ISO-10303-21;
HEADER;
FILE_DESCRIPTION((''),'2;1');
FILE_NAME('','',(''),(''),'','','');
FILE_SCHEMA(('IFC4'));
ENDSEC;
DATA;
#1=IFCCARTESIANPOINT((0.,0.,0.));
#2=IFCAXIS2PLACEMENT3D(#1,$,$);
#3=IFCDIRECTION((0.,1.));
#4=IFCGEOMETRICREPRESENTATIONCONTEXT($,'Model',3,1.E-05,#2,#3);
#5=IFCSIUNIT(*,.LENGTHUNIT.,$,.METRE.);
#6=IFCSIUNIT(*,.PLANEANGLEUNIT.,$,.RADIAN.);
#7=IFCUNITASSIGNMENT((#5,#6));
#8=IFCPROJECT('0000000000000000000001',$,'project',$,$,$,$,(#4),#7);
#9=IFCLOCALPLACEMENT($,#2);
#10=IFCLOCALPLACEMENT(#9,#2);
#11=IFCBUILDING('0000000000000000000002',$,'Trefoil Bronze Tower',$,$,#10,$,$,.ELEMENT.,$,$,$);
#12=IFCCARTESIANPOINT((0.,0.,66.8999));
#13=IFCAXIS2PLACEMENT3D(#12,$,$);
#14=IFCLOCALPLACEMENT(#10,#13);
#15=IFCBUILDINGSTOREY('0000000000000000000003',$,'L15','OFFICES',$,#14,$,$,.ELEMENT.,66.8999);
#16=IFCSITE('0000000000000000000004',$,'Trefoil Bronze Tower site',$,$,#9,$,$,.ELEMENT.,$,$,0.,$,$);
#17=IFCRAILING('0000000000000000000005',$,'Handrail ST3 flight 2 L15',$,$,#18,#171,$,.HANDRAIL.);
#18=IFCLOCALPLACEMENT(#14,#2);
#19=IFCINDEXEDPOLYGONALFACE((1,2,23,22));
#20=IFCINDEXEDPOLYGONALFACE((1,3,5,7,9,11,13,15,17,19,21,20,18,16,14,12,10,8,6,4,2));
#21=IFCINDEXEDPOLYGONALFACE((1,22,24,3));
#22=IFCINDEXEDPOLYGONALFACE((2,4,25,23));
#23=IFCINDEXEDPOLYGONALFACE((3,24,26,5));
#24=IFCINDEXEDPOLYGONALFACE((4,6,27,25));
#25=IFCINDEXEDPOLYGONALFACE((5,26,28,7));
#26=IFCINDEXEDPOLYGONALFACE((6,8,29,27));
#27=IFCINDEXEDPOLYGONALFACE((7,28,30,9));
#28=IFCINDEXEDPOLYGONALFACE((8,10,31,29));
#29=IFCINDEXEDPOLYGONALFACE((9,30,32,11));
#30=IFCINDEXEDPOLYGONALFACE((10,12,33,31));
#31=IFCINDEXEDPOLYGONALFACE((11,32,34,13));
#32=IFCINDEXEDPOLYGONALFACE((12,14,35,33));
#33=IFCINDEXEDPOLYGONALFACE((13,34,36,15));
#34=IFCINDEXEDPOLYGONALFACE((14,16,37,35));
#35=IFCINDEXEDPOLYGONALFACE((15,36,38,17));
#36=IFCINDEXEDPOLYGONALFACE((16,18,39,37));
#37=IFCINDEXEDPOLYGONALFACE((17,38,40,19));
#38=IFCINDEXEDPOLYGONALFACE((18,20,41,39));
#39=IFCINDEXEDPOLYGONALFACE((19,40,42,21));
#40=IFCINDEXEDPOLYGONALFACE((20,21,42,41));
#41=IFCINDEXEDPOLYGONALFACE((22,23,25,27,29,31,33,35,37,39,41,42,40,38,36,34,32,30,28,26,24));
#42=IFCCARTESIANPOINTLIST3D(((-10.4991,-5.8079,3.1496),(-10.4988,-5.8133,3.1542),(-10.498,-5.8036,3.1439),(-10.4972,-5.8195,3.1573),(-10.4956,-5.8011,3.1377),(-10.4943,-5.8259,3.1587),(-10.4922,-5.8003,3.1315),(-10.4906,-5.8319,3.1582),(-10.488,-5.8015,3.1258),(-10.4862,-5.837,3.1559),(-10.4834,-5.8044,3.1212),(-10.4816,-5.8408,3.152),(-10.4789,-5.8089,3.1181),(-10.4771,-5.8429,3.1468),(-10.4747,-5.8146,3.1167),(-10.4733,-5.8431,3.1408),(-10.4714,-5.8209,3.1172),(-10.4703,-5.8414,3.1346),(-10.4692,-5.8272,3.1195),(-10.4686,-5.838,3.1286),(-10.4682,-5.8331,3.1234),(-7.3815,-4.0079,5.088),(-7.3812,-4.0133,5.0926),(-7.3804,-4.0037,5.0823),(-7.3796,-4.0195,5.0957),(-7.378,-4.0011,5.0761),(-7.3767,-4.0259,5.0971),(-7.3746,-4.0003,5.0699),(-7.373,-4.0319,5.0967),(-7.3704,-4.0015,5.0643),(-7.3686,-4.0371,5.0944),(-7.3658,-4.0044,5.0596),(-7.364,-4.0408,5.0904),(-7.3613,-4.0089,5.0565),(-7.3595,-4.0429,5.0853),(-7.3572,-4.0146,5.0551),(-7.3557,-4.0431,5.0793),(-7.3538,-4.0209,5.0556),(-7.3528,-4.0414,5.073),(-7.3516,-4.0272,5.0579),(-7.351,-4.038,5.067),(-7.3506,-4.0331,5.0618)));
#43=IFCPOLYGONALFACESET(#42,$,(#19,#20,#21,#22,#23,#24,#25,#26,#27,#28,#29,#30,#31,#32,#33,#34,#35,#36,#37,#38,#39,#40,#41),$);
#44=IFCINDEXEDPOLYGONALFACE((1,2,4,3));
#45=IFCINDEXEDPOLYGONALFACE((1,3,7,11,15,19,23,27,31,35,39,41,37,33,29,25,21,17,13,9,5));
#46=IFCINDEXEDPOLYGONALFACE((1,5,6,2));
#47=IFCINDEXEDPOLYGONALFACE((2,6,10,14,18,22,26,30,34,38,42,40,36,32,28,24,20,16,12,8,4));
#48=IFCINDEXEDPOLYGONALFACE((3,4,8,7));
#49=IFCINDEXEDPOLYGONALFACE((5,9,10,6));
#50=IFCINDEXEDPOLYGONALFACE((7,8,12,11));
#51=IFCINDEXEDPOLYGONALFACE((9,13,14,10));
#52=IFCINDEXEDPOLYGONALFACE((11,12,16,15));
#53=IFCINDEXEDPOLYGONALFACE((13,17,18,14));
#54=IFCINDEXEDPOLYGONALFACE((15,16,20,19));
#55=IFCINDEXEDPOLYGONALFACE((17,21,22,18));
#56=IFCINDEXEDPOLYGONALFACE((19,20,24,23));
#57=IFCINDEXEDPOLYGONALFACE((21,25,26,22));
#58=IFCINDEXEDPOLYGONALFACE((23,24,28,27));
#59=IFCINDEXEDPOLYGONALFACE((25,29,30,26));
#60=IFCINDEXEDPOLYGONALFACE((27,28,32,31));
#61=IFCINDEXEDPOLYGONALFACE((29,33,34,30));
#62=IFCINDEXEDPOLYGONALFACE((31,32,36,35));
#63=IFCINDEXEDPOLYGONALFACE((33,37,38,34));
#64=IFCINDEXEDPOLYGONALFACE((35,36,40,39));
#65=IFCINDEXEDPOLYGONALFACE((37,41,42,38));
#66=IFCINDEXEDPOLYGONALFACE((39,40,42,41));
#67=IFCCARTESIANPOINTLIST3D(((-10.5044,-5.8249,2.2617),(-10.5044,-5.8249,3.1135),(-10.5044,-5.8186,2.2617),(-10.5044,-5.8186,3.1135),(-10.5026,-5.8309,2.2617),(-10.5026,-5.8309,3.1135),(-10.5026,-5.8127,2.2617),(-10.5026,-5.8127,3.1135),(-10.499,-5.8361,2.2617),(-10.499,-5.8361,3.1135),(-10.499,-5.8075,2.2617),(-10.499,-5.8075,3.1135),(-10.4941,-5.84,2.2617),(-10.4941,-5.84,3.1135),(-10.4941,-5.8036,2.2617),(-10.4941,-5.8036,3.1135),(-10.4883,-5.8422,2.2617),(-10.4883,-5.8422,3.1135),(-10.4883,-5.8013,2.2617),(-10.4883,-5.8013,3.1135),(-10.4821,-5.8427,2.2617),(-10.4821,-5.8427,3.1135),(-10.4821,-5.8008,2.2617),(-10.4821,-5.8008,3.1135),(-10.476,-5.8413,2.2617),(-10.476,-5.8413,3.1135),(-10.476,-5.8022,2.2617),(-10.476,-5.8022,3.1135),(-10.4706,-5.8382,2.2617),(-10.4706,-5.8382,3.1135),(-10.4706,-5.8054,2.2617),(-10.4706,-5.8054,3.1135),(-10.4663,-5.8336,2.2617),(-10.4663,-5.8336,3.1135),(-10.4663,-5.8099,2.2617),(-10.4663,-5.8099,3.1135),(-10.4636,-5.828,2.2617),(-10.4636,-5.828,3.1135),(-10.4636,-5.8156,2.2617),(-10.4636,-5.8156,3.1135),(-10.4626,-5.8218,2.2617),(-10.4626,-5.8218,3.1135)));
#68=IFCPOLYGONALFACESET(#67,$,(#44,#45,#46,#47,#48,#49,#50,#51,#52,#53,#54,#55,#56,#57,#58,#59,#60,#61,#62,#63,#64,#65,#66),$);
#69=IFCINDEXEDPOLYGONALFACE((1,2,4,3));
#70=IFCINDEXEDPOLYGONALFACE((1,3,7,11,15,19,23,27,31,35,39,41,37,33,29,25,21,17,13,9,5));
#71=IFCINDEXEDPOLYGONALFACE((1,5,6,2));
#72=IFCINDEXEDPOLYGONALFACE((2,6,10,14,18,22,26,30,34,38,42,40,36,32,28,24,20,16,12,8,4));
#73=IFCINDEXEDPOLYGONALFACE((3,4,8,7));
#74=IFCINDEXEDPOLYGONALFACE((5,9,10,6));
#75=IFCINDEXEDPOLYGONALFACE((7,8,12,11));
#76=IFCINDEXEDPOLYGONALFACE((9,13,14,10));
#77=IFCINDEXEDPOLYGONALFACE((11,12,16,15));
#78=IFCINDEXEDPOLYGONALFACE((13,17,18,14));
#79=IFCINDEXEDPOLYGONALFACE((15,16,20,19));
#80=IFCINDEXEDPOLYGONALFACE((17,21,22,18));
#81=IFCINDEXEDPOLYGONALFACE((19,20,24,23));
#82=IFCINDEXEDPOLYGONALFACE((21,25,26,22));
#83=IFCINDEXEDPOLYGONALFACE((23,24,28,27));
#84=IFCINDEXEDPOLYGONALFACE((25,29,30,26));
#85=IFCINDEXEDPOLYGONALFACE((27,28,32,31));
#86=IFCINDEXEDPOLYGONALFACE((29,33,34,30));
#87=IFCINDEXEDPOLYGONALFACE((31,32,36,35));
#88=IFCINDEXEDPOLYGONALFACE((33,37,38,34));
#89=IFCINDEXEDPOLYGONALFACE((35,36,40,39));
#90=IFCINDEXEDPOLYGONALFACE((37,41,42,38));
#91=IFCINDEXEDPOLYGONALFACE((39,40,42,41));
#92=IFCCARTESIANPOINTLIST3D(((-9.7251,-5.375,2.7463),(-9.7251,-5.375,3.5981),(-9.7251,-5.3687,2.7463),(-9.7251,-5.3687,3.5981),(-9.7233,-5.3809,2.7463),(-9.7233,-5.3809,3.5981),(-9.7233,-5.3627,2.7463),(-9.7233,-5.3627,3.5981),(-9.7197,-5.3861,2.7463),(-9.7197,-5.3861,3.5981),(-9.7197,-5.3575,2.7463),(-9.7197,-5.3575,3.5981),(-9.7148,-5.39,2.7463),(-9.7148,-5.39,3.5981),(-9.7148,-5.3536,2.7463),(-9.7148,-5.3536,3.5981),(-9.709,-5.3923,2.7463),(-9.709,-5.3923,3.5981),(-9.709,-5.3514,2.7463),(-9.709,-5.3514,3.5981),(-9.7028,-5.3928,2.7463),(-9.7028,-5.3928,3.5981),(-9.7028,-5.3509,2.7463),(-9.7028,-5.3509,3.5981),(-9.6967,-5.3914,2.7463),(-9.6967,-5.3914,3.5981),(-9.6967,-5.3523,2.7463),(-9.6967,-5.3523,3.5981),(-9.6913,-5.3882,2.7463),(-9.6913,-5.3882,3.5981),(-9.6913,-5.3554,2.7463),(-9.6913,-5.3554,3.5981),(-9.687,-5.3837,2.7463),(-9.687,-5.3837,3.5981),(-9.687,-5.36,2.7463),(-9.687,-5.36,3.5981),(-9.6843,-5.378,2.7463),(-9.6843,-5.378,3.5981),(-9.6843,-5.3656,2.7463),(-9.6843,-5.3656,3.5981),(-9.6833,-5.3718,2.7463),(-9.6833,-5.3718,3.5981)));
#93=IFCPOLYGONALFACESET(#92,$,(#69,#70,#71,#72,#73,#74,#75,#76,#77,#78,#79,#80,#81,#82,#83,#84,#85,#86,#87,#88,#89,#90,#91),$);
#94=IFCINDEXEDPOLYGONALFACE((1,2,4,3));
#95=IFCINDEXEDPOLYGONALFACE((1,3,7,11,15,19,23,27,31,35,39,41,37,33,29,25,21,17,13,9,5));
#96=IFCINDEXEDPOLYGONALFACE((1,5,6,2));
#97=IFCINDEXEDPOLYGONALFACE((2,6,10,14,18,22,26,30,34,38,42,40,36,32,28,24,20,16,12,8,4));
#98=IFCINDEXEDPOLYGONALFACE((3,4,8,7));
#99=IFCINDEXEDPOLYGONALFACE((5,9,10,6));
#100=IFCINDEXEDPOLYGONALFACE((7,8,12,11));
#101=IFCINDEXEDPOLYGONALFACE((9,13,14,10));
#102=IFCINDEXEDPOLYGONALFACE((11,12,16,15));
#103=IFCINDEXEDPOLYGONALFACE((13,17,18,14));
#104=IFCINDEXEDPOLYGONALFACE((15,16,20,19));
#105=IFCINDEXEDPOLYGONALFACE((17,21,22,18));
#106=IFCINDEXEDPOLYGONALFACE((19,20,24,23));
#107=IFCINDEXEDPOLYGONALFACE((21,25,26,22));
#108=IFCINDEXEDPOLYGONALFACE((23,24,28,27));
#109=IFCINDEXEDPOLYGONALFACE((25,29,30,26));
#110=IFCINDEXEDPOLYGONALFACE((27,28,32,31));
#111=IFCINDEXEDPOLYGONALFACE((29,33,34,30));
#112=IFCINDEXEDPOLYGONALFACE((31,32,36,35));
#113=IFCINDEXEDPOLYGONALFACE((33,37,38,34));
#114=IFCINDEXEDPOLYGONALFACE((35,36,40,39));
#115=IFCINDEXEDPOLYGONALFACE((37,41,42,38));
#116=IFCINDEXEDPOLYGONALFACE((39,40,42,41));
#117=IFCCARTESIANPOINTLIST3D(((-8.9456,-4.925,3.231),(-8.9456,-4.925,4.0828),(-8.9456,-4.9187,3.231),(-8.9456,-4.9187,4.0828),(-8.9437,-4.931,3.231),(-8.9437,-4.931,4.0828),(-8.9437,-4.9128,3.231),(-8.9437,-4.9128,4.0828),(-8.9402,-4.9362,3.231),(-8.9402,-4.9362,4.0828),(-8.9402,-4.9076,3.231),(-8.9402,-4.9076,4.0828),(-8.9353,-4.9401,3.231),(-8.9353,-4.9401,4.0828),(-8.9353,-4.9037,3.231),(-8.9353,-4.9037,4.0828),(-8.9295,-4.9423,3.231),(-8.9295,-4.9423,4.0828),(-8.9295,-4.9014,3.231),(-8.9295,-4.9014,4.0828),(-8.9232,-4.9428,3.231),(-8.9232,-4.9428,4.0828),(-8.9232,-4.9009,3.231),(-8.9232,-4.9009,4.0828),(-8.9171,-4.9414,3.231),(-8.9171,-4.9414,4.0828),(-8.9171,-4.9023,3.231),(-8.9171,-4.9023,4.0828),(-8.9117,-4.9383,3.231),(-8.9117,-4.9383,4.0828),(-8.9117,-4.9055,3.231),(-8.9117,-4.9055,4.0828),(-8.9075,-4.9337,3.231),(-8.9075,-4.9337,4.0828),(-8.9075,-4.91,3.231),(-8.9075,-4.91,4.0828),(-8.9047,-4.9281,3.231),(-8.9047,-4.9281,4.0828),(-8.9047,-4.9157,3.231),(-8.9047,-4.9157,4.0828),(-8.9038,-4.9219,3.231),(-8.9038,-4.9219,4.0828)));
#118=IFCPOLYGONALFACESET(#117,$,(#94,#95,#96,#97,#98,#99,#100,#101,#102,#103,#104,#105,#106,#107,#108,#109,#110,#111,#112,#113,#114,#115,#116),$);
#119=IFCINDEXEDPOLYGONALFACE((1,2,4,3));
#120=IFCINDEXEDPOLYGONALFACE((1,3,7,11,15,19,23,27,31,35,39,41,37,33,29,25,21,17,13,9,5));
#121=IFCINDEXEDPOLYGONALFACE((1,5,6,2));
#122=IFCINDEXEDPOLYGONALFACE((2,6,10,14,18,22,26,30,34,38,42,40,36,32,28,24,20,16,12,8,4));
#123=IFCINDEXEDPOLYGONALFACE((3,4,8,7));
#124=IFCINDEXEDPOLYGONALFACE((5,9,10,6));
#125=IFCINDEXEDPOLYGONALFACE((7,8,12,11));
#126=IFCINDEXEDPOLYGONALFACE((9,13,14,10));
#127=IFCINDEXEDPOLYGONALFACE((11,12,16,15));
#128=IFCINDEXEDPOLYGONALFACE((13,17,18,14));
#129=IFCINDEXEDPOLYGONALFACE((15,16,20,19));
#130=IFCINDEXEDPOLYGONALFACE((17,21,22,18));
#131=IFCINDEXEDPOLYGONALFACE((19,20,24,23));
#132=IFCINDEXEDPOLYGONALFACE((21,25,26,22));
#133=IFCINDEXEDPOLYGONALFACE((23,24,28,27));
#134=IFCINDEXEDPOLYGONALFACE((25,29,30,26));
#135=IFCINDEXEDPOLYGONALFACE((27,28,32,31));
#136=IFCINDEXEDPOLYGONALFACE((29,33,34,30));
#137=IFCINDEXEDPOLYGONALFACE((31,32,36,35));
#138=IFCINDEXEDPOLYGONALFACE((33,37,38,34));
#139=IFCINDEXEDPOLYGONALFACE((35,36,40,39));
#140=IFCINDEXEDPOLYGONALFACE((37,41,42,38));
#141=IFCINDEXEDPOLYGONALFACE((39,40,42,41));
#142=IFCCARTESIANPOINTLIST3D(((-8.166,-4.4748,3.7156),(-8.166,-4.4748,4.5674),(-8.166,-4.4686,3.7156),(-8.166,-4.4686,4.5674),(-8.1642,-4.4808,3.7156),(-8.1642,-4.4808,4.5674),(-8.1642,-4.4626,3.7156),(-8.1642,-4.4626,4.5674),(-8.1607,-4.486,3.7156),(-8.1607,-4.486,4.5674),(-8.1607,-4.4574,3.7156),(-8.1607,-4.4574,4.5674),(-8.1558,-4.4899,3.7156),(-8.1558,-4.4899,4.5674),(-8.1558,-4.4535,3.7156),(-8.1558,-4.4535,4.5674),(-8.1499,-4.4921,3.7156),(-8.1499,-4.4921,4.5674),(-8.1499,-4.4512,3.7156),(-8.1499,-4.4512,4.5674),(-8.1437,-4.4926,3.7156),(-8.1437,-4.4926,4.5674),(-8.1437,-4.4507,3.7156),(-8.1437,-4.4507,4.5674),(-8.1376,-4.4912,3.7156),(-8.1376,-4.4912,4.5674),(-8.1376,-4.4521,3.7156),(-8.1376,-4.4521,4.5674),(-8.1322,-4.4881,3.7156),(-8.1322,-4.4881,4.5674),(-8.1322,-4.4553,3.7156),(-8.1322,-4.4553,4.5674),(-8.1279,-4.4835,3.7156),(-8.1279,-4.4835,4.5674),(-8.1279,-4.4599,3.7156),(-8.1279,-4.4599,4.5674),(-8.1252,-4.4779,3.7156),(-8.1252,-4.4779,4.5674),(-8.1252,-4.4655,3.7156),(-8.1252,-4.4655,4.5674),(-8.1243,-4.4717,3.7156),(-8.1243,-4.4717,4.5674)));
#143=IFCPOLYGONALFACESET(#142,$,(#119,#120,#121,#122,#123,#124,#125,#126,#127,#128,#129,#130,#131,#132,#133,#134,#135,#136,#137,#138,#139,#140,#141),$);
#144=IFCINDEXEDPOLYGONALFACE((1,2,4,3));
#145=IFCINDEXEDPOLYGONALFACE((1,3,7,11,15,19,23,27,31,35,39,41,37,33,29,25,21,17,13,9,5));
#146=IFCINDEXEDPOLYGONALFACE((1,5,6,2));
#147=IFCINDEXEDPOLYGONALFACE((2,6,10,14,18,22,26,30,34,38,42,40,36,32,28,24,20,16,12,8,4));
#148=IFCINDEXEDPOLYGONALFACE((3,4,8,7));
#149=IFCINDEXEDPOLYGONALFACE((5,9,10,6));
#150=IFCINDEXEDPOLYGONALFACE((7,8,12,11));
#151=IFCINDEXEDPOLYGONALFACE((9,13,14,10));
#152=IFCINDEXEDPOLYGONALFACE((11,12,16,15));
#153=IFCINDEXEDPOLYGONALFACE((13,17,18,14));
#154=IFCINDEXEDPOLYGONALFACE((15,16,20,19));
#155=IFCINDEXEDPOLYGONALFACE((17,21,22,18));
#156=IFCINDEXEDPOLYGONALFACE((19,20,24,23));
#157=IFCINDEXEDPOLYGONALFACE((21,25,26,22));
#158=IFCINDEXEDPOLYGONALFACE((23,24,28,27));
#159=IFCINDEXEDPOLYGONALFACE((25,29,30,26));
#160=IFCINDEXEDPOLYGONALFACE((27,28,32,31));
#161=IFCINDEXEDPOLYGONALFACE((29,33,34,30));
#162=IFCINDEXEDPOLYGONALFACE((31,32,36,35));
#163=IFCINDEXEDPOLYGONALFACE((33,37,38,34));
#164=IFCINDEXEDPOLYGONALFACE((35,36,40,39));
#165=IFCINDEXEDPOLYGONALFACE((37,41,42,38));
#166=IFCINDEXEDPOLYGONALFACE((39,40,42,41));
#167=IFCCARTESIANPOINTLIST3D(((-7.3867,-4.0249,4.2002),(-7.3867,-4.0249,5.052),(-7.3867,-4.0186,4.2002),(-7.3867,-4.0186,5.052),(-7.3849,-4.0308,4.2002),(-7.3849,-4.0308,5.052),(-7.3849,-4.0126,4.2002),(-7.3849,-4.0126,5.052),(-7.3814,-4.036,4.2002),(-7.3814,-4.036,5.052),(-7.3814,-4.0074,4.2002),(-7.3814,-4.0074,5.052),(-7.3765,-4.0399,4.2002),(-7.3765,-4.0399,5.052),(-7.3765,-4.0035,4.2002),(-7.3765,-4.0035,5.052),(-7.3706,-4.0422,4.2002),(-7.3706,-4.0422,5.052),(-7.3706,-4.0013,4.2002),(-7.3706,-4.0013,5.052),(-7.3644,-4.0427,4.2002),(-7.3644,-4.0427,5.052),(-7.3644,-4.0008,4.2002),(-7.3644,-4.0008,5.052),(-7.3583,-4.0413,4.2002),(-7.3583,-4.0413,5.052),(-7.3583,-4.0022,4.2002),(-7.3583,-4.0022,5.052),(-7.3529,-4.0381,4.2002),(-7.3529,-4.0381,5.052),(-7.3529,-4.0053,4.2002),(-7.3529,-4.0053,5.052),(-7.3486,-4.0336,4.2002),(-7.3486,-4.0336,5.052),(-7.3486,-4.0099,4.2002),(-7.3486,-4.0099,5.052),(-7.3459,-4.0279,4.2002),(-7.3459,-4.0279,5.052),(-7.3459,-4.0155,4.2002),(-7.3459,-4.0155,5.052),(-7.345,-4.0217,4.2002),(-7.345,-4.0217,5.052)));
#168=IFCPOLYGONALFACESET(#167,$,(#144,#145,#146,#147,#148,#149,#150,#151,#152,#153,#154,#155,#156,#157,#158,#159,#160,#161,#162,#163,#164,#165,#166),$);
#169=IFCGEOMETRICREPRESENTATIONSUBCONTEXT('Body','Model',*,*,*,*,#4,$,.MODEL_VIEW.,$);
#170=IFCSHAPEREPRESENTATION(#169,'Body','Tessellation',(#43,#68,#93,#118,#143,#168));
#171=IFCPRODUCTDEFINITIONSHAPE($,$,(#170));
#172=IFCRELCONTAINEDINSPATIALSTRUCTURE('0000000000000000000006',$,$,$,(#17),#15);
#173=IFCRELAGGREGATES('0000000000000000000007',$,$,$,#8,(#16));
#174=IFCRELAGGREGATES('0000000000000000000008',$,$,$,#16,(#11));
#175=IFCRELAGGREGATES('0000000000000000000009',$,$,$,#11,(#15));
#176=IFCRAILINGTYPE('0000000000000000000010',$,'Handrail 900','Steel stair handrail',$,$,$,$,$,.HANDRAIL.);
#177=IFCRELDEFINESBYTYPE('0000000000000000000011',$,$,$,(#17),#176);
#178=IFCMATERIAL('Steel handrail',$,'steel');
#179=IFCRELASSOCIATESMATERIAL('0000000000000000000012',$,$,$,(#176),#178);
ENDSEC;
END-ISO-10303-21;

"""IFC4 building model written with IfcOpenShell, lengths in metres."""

from ifc_helpers import new_model, si_unit, direction, frame, origin, origin_2d, place, context, subcontext, project, spatial, circle, extrude, material, type_object, element, save


model = new_model("IFC4")

# Units and contexts
model_context = context("Model", 3, precision=1e-05, world=origin(), true_north=direction((0.0, 1.0)))
body_context = subcontext(model_context, "Body", "Model", "MODEL_VIEW")
ifc_project = project(units=[si_unit("LENGTHUNIT", "METRE"), si_unit("PLANEANGLEUNIT", "RADIAN")], contexts=[model_context])

# Site, building, storey
site_placement = place(None, origin())
site = spatial("IfcSite", under=ifc_project, at=site_placement, Name="Trefoil Bronze Tower site", CompositionType="ELEMENT", RefElevation=0.0)
building_placement = place(site_placement, origin())
building = spatial("IfcBuilding", under=site, at=building_placement, Name="Trefoil Bronze Tower", CompositionType="ELEMENT")
storey_placement = place(building_placement, frame((0.0, 0.0, 66.8999)))
storey = spatial("IfcBuildingStorey", under=building, at=storey_placement, Name="L15", Description="OFFICES", CompositionType="ELEMENT", Elevation=66.8999)

# Railing
ifc_material_1 = material(Name="Steel handrail", Category="steel")
railing_type = type_object("IfcRailingType", Name="Handrail 900", Description="Steel stair handrail", PredefinedType="HANDRAIL", material=ifc_material_1)
railing_placement = place(storey_placement, frame((-10.4836, -5.8218, 2.2617)))
element("IfcRailing", 1, at=railing_placement, inside=storey, type_object=railing_type, Name="Handrail ST3 flight 2 L15", PredefinedType="HANDRAIL", context=body_context, shape_type="SweptSolid", body=[
    extrude(circle(Radius=0.0239, at=origin_2d()), frame((0.0, 0.0, 0.876), z_axis=(0.762503, 0.440246, 0.474102), x_axis=(-0.500012, 0.866018, 0.0)), (0.0, 0.0, 1.0), 4.0886),
    extrude(circle(Radius=0.021, at=origin_2d()), origin(), (0.0, 0.0, 1.0), 0.8518),
    extrude(circle(Radius=0.021, at=origin_2d()), frame((0.7793, 0.45, 0.4846)), (0.0, 0.0, 1.0), 0.8518),
    extrude(circle(Radius=0.021, at=origin_2d()), frame((1.5588, 0.8999, 0.9692)), (0.0, 0.0, 1.0), 0.8518),
    extrude(circle(Radius=0.021, at=origin_2d()), frame((2.3384, 1.3501, 1.4539)), (0.0, 0.0, 1.0), 0.8518),
    extrude(circle(Radius=0.021, at=origin_2d()), frame((3.1177, 1.8, 1.9385)), (0.0, 0.0, 1.0), 0.8518),
])

save(model, "model.ifc")
